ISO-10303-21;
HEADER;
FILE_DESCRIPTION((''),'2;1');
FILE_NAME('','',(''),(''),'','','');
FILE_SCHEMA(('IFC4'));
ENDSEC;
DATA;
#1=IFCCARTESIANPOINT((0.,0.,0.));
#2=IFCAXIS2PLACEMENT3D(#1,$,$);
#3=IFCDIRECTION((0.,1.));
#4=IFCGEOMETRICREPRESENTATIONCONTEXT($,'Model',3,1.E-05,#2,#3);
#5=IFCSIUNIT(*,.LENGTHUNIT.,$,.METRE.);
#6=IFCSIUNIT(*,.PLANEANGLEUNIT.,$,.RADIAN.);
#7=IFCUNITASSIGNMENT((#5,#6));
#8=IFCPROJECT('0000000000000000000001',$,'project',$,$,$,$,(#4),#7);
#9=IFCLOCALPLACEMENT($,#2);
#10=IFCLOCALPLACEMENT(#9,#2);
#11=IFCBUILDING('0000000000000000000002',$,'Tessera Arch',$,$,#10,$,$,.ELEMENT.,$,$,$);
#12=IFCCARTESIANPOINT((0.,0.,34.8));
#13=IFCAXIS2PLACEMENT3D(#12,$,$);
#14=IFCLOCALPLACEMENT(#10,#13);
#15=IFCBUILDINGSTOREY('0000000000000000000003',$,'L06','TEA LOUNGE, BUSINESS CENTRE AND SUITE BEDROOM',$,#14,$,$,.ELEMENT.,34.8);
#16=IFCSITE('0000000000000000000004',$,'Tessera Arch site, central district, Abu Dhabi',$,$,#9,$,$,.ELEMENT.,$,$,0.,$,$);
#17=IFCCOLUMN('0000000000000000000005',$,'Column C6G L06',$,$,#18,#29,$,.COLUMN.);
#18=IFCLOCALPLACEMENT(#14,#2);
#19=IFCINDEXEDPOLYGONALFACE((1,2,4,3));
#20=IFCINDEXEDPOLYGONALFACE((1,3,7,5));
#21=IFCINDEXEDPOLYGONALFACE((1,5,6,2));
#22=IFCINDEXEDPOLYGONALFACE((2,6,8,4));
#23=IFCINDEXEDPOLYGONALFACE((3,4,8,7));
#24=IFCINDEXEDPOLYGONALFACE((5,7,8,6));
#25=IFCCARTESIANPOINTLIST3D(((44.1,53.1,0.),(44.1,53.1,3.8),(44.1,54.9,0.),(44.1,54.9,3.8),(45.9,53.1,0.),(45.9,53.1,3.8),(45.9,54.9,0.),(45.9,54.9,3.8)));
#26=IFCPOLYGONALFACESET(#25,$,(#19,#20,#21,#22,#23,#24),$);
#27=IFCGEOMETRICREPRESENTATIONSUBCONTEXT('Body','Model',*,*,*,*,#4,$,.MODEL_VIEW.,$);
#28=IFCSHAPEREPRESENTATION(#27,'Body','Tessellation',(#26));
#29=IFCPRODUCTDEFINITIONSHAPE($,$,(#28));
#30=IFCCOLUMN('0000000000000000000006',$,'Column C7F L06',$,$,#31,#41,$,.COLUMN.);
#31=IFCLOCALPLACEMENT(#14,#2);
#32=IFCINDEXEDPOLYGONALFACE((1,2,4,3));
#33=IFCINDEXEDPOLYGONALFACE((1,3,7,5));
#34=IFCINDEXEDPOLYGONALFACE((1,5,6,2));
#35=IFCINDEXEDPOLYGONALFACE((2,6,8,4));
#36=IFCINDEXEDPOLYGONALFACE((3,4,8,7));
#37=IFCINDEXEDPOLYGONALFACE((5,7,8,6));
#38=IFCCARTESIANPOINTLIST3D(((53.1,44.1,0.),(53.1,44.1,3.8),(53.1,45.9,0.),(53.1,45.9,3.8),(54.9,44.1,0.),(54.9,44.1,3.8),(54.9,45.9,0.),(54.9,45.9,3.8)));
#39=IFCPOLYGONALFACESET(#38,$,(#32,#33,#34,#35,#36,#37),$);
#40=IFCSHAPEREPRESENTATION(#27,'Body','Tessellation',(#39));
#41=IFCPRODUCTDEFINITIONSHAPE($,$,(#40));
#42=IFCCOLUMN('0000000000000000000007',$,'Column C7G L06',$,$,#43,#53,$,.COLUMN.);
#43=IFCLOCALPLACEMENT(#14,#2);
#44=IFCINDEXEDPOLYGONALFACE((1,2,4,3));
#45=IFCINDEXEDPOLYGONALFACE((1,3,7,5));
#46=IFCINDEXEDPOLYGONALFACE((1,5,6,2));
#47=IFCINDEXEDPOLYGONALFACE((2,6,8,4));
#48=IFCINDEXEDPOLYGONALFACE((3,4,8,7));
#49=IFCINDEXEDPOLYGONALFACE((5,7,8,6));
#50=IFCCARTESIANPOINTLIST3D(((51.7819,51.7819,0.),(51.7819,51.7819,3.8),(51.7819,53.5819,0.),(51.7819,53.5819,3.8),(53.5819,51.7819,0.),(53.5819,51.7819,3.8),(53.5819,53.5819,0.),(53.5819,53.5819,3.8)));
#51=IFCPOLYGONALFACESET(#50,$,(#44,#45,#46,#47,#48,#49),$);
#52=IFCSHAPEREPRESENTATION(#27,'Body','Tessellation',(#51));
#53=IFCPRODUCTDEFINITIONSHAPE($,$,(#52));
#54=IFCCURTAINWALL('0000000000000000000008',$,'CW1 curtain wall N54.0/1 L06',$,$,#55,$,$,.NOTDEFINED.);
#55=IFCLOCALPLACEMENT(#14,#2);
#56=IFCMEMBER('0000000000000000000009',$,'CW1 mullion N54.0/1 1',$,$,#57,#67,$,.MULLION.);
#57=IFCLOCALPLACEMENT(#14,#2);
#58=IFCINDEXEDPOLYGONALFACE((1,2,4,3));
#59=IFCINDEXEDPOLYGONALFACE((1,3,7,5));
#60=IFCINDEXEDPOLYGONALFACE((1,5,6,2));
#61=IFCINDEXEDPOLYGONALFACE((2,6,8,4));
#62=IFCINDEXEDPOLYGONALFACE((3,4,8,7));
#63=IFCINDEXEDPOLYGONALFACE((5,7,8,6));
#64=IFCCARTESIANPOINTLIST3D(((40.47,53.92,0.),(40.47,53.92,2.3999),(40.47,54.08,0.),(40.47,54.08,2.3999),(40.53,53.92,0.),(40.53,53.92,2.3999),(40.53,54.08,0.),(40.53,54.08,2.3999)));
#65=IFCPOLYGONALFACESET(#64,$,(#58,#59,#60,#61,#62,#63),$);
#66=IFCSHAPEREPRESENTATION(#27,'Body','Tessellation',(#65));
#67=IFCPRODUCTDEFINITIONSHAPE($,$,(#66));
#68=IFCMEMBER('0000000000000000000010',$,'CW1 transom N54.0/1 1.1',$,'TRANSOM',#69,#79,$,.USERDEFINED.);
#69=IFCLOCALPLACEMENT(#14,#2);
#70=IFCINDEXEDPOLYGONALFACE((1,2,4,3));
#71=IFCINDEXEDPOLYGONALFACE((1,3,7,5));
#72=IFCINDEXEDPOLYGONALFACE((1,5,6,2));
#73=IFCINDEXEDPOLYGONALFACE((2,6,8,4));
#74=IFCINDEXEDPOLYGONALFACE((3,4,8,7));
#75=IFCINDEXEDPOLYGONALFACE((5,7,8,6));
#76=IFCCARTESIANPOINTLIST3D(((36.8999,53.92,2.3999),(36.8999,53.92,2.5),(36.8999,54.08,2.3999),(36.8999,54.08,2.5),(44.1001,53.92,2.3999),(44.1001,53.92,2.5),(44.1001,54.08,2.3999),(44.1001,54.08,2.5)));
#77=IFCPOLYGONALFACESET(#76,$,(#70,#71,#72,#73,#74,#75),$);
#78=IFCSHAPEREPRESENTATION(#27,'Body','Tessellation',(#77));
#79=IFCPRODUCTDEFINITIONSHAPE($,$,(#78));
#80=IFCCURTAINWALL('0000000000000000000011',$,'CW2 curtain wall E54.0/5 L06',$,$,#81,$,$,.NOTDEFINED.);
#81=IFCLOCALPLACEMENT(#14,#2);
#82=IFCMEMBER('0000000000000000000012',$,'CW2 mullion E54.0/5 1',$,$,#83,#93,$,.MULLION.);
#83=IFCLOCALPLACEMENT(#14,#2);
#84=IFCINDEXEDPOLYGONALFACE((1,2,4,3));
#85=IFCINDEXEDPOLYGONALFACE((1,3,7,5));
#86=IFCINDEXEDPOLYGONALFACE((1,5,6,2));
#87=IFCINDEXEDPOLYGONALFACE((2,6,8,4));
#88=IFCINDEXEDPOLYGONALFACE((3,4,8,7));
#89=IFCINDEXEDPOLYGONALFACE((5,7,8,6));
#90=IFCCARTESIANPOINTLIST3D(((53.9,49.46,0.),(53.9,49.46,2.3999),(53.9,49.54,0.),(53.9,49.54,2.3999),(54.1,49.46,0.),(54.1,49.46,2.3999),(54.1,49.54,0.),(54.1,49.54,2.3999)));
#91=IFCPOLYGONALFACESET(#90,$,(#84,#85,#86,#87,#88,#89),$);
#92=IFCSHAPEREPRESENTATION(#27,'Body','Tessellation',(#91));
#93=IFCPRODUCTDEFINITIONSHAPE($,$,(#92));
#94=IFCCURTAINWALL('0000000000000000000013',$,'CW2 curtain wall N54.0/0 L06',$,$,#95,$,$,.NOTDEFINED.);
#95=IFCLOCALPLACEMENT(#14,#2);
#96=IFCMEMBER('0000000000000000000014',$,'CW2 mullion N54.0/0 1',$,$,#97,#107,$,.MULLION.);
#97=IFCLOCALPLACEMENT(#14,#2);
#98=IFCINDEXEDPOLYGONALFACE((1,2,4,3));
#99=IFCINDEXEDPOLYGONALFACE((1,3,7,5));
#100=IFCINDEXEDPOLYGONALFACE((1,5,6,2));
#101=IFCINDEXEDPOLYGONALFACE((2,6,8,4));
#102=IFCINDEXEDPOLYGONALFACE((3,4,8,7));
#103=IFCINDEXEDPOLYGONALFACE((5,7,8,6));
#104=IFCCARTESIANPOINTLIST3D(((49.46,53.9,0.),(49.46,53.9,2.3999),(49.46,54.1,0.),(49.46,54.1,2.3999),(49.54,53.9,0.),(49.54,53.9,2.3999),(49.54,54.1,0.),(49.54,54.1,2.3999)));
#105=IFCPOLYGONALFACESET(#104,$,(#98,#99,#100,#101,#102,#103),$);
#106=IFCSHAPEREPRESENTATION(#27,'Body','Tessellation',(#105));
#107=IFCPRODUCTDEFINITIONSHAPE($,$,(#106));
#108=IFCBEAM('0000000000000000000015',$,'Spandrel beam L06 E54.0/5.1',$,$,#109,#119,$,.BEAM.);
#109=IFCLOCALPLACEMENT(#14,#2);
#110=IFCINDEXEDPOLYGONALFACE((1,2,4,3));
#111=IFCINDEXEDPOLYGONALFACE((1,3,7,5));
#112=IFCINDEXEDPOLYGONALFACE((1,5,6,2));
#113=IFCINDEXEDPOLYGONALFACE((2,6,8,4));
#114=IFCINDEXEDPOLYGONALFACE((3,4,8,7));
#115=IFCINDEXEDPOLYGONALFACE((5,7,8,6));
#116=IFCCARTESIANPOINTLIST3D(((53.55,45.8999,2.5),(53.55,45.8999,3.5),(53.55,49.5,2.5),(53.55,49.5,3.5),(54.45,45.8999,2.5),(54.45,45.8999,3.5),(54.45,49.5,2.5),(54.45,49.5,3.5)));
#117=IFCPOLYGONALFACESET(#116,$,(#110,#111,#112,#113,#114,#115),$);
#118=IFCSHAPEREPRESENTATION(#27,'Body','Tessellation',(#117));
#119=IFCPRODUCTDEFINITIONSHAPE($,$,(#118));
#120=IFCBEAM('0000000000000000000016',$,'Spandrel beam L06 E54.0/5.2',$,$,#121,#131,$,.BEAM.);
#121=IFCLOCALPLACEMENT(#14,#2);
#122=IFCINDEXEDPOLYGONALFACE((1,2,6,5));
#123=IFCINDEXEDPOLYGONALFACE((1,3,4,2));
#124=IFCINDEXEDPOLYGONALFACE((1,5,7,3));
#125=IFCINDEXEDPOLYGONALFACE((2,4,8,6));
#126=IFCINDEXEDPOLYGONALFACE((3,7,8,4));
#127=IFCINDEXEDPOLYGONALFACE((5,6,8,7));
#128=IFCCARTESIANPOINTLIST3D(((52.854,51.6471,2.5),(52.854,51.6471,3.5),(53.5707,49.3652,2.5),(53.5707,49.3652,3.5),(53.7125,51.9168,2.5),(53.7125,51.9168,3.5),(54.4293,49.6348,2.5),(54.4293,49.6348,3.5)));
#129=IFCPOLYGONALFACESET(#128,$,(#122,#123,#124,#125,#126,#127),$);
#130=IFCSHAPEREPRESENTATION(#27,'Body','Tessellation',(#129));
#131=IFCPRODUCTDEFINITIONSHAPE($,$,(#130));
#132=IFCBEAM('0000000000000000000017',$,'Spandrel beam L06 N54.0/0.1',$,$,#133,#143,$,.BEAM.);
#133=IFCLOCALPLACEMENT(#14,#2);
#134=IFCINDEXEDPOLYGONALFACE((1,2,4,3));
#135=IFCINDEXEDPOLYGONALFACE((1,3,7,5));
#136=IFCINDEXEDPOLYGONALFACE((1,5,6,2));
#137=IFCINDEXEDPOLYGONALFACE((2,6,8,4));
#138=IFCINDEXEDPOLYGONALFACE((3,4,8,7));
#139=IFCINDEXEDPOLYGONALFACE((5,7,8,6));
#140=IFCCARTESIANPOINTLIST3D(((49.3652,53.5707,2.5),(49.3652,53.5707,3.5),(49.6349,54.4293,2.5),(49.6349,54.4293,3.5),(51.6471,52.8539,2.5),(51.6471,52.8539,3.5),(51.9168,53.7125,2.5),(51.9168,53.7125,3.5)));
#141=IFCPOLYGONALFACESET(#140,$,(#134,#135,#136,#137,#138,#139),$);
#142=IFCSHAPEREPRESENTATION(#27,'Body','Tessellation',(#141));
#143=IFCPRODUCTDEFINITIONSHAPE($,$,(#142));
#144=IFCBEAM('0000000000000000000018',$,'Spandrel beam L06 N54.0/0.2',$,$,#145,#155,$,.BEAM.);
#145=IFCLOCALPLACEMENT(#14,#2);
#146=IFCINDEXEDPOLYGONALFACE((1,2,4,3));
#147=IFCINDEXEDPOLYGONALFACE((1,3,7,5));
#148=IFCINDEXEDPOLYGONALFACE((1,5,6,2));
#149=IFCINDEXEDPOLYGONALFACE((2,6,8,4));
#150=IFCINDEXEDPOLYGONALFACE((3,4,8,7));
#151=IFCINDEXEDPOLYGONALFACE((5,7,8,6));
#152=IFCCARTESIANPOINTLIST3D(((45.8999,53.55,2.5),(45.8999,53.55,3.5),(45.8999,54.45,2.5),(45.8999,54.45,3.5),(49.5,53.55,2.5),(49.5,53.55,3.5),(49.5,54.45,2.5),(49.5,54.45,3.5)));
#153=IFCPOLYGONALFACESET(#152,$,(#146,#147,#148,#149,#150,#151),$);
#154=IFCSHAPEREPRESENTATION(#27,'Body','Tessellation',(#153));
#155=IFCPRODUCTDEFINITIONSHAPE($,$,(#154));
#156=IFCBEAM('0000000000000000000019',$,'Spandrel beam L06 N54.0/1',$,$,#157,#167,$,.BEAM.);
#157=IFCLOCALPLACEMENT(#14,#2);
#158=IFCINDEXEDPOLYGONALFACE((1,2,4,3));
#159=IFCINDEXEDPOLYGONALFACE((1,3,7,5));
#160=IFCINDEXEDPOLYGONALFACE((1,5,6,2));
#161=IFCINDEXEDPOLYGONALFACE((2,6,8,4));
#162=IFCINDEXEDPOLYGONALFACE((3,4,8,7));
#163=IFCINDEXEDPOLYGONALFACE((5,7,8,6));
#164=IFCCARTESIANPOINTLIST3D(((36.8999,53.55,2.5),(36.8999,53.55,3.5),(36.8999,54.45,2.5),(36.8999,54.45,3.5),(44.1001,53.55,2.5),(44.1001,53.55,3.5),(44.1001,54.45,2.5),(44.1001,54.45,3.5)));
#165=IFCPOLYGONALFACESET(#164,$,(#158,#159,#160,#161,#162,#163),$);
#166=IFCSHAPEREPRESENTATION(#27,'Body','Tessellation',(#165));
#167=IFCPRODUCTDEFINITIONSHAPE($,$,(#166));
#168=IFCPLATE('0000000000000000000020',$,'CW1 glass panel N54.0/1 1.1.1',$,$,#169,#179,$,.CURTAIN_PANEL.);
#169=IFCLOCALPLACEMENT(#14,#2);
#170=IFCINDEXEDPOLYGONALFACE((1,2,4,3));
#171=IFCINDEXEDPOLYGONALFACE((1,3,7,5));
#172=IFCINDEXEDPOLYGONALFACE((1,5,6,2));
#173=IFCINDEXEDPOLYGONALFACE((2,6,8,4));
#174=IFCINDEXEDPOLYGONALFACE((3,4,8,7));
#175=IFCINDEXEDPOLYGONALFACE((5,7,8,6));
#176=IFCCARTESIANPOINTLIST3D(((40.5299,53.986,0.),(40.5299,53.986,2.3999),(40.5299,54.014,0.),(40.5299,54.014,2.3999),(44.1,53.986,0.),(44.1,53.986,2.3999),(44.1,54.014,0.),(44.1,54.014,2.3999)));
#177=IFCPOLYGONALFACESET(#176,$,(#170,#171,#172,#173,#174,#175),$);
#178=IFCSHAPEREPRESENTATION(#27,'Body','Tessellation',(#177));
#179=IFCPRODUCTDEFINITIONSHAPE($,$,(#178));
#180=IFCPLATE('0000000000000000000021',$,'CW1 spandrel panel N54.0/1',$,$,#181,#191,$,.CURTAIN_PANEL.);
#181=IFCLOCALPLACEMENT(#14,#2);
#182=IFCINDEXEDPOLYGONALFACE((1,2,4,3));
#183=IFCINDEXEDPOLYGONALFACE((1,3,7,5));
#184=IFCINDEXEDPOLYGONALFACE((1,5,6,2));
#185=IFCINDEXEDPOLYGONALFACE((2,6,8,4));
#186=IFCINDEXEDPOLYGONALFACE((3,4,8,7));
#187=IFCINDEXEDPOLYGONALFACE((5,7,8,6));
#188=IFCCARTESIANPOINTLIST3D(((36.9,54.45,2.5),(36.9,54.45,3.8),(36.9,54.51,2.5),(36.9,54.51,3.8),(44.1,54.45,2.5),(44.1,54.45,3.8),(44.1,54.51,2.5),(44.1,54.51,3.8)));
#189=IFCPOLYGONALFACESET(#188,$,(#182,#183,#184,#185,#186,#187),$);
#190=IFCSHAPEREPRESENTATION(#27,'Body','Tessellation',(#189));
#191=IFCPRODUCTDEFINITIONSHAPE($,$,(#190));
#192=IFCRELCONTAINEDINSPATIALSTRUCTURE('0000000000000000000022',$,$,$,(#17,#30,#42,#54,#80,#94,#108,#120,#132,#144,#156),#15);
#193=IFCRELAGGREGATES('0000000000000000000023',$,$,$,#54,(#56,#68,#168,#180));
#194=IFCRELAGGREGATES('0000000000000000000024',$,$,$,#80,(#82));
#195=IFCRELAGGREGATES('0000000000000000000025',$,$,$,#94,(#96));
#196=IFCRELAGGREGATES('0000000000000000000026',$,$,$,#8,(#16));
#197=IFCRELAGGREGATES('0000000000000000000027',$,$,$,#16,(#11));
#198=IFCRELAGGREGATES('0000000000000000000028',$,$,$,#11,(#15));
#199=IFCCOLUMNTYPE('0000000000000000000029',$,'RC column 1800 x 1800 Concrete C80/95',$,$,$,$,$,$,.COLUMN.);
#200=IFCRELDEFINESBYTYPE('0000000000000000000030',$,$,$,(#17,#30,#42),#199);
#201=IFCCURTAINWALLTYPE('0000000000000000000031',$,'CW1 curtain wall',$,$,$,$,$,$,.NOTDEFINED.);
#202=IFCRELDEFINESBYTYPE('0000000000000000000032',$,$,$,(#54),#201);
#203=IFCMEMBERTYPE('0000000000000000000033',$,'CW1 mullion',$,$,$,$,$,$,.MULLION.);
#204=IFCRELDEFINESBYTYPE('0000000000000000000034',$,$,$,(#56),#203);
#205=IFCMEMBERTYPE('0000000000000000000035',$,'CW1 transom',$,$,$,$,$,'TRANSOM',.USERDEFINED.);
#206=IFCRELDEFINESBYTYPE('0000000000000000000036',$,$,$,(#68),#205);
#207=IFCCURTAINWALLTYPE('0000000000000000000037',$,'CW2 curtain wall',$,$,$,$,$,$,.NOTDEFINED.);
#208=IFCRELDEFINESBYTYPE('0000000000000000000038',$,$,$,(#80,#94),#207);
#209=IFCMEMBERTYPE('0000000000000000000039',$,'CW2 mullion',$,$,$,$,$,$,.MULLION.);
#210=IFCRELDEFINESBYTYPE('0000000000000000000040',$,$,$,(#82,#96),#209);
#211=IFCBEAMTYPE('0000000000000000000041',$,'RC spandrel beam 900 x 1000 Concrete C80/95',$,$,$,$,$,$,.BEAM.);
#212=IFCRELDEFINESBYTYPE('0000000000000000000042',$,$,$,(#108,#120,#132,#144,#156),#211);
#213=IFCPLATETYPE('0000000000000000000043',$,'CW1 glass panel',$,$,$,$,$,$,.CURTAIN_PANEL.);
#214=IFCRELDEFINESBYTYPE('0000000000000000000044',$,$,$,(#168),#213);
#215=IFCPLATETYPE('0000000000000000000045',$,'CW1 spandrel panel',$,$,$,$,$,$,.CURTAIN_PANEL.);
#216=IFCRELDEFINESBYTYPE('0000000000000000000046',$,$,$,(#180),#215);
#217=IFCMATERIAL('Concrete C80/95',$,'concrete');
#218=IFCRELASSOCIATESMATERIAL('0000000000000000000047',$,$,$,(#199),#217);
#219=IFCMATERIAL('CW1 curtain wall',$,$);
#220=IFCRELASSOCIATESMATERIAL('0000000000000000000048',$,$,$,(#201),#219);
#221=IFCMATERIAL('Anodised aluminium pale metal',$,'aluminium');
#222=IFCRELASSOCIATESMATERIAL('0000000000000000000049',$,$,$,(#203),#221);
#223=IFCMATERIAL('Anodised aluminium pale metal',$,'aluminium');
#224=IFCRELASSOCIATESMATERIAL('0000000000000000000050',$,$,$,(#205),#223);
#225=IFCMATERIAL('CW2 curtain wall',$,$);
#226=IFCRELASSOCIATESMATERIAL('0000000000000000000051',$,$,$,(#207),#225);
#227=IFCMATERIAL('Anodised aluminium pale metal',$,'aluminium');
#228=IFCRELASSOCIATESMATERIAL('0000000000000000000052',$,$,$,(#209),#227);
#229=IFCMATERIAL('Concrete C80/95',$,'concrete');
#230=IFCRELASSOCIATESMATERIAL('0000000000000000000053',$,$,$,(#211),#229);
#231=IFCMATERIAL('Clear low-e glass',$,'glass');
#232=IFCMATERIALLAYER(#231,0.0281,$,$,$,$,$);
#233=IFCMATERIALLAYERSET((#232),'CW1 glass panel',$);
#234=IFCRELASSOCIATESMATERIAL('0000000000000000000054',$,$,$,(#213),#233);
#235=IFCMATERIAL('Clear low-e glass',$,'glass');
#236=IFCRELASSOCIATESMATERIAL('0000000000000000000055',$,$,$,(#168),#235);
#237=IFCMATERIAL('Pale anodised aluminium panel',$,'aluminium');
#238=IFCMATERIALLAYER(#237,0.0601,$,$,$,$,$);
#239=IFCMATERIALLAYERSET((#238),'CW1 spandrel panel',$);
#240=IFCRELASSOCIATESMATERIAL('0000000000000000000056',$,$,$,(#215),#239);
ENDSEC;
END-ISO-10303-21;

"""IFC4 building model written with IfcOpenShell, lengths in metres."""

from ifc_helpers import new_model, si_unit, direction, frame, origin, origin_2d, place, context, subcontext, project, spatial, rectangle, extrude, material, layer, layer_set, material_profile, profile_set, type_object, element, aggregate, save


model = new_model("IFC4")

# Units and contexts
model_context = context("Model", 3, precision=1e-05, world=origin(), true_north=direction((0.0, 1.0)))
body_context = subcontext(model_context, "Body", "Model", "MODEL_VIEW")
ifc_project = project(units=[si_unit("LENGTHUNIT", "METRE"), si_unit("PLANEANGLEUNIT", "RADIAN")], contexts=[model_context])

# Site, building, storey
site_placement = place(None, origin())
site = spatial("IfcSite", under=ifc_project, at=site_placement, Name="Tessera Arch site, central district, Abu Dhabi", CompositionType="ELEMENT", RefElevation=0.0)
building_placement = place(site_placement, origin())
building = spatial("IfcBuilding", under=site, at=building_placement, Name="Tessera Arch", CompositionType="ELEMENT")
storey_placement = place(building_placement, frame((0.0, 0.0, 34.8)))
storey = spatial("IfcBuildingStorey", under=building, at=storey_placement, Name="L06", Description="TEA LOUNGE, BUSINESS CENTRE AND SUITE BEDROOM", CompositionType="ELEMENT", Elevation=34.8)

# Columns
ifc_material_1 = material(Name="Concrete C80/95", Category="concrete")
ifc_material_profile_1 = material_profile(ifc_material_1, rectangle(XDim=1.8, YDim=1.8, at=origin_2d()), Name="RC column 1800 x 1800 Concrete C80/95")
ifc_profile_set_1 = profile_set([ifc_material_profile_1], Name="Concrete C80/95")
column_type = type_object("IfcColumnType", Name="RC column 1800 x 1800 Concrete C80/95", PredefinedType="COLUMN", material=ifc_profile_set_1)
for number, where, z_axis, x_axis, name in (
    (1, (45.0, 54.0, 0.0), (0.0, 0.0, 1.0), (1.0, 0.0, 0.0), "Column C6G L06"),
    (2, (54.0, 45.0, 0.0), (0.0, 0.0, 1.0), (1.0, 0.0, 0.0), "Column C7F L06"),
    (3, (52.6819, 52.6819, 0.0), (0.0, 0.0, 1.0), (1.0, 0.0, 0.0), "Column C7G L06"),
):
    element("IfcColumn", number, at=place(storey_placement, frame(where, z_axis=z_axis, x_axis=x_axis)), inside=storey, type_object=column_type, Name=name, PredefinedType="COLUMN", context=body_context, shape_type="SweptSolid", body=[
        extrude(rectangle(XDim=1.8, YDim=1.8, at=origin_2d()), origin(), (0.0, 0.0, 1.0), 3.8),
    ])

# Curtain wall, members
ifc_material_2 = material(Name="CW1 curtain wall")
curtain_wall_type_1 = type_object("IfcCurtainWallType", Name="CW1 curtain wall", PredefinedType="NOTDEFINED", material=ifc_material_2)
curtain_wall_1_placement = place(storey_placement, origin())
curtain_wall_1 = element("IfcCurtainWall", 4, at=curtain_wall_1_placement, inside=storey, type_object=curtain_wall_type_1, Name="CW1 curtain wall N54.0/1 L06", PredefinedType="NOTDEFINED")
ifc_material_3 = material(Name="Anodised aluminium pale metal", Category="aluminium")
ifc_material_profile_2 = material_profile(ifc_material_3, rectangle(XDim=0.1599, YDim=0.0601, at=origin_2d()), Name="AL 60x160")
ifc_profile_set_2 = profile_set([ifc_material_profile_2], Name="Anodised aluminium pale metal")
member_type_1 = type_object("IfcMemberType", Name="CW1 mullion", PredefinedType="MULLION", material=ifc_profile_set_2)
member_1_placement = place(storey_placement, frame((40.5, 54.0, 0.0), z_axis=(0.0, 0.0, 1.0), x_axis=(0.0, -1.0, 0.0)))
member_1 = element("IfcMember", 5, at=member_1_placement, type_object=member_type_1, Name="CW1 mullion N54.0/1 1", PredefinedType="MULLION", context=body_context, shape_type="SweptSolid", body=[
    extrude(rectangle(XDim=0.1599, YDim=0.0601, at=origin_2d()), origin(), (0.0, 0.0, 1.0), 2.3999),
])
ifc_material_4 = material(Name="Anodised aluminium pale metal", Category="aluminium")
ifc_material_profile_3 = material_profile(ifc_material_4, rectangle(XDim=0.1599, YDim=0.1001, at=origin_2d()), Name="AL 160x100")
ifc_profile_set_3 = profile_set([ifc_material_profile_3], Name="Anodised aluminium pale metal")
member_type_2 = type_object("IfcMemberType", Name="CW1 transom", ElementType="TRANSOM", PredefinedType="USERDEFINED", material=ifc_profile_set_3)
member_2_placement = place(storey_placement, frame((44.1001, 54.0, 2.45), z_axis=(-1.0, 0.0, 0.0), x_axis=(0.0, -1.0, 0.0)))
member_2 = element("IfcMember", 6, at=member_2_placement, type_object=member_type_2, Name="CW1 transom N54.0/1 1.1", ObjectType="TRANSOM", PredefinedType="USERDEFINED", context=body_context, shape_type="SweptSolid", body=[
    extrude(rectangle(XDim=0.1599, YDim=0.1001, at=origin_2d()), origin(), (0.0, 0.0, 1.0), 7.2002),
])

# Curtain walls, members
ifc_material_5 = material(Name="CW2 curtain wall")
curtain_wall_type_2 = type_object("IfcCurtainWallType", Name="CW2 curtain wall", PredefinedType="NOTDEFINED", material=ifc_material_5)
curtain_wall_2_placement = place(storey_placement, origin())
curtain_wall_2 = element("IfcCurtainWall", 7, at=curtain_wall_2_placement, inside=storey, type_object=curtain_wall_type_2, Name="CW2 curtain wall E54.0/5 L06", PredefinedType="NOTDEFINED")
ifc_material_6 = material(Name="Anodised aluminium pale metal", Category="aluminium")
ifc_material_profile_4 = material_profile(ifc_material_6, rectangle(XDim=0.2, YDim=0.0801, at=origin_2d()), Name="AL 80x200")
ifc_profile_set_4 = profile_set([ifc_material_profile_4], Name="Anodised aluminium pale metal")
member_type_3 = type_object("IfcMemberType", Name="CW2 mullion", PredefinedType="MULLION", material=ifc_profile_set_4)
member_3_placement = place(storey_placement, frame((54.0, 49.5, 0.0), z_axis=(0.0, 0.0, 1.0), x_axis=(-1.0, 0.0, 0.0)))
member_3 = element("IfcMember", 8, at=member_3_placement, type_object=member_type_3, Name="CW2 mullion E54.0/5 1", PredefinedType="MULLION", context=body_context, shape_type="SweptSolid", body=[
    extrude(rectangle(XDim=0.2, YDim=0.0801, at=origin_2d()), origin(), (0.0, 0.0, 1.0), 2.3999),
])
curtain_wall_3_placement = place(storey_placement, origin())
curtain_wall_3 = element("IfcCurtainWall", 9, at=curtain_wall_3_placement, inside=storey, type_object=curtain_wall_type_2, Name="CW2 curtain wall N54.0/0 L06", PredefinedType="NOTDEFINED")
member_4_placement = place(storey_placement, frame((49.5, 54.0, 0.0), z_axis=(0.0, 0.0, 1.0), x_axis=(0.0, -1.0, 0.0)))
member_4 = element("IfcMember", 10, at=member_4_placement, type_object=member_type_3, Name="CW2 mullion N54.0/0 1", PredefinedType="MULLION", context=body_context, shape_type="SweptSolid", body=[
    extrude(rectangle(XDim=0.2, YDim=0.0801, at=origin_2d()), origin(), (0.0, 0.0, 1.0), 2.3999),
])

# Beams
ifc_material_7 = material(Name="Concrete C80/95", Category="concrete")
ifc_material_profile_5 = material_profile(ifc_material_7, rectangle(XDim=0.8999, YDim=1.0, at=origin_2d()), Name="RC spandrel beam 900 x 1000 Concrete C80/95")
ifc_profile_set_5 = profile_set([ifc_material_profile_5], Name="Concrete C80/95")
beam_type = type_object("IfcBeamType", Name="RC spandrel beam 900 x 1000 Concrete C80/95", PredefinedType="BEAM", material=ifc_profile_set_5)
beam_1_placement = place(storey_placement, frame((54.0, 45.8999, 3.0), z_axis=(0.0, 1.0, 0.0), x_axis=(-1.0, 0.0, 0.0)))
element("IfcBeam", 11, at=beam_1_placement, inside=storey, type_object=beam_type, Name="Spandrel beam L06 E54.0/5.1", PredefinedType="BEAM", context=body_context, shape_type="SweptSolid", body=[
    extrude(rectangle(XDim=0.8999, YDim=1.0, at=origin_2d()), origin(), (0.0, 0.0, 1.0), 3.6001),
])
for number, where, z_axis, x_axis, name in (
    (12, (54.0, 49.5, 3.0), (-0.299675, 0.954041, 0.0), (-0.954041, -0.299675, 0.0), "Spandrel beam L06 E54.0/5.2"),
    (13, (51.782, 53.2832, 3.0), (-0.954041, 0.299675, 0.0), (-0.299675, -0.954041, 0.0), "Spandrel beam L06 N54.0/0.1"),
):
    element("IfcBeam", number, at=place(storey_placement, frame(where, z_axis=z_axis, x_axis=x_axis)), inside=storey, type_object=beam_type, Name=name, PredefinedType="BEAM", context=body_context, shape_type="SweptSolid", body=[
        extrude(rectangle(XDim=0.8999, YDim=1.0, at=origin_2d()), origin(), (0.0, 0.0, 1.0), 2.3918),
    ])
beam_2_placement = place(storey_placement, frame((49.5, 54.0, 3.0), z_axis=(-1.0, 0.0, 0.0), x_axis=(0.0, -1.0, 0.0)))
element("IfcBeam", 14, at=beam_2_placement, inside=storey, type_object=beam_type, Name="Spandrel beam L06 N54.0/0.2", PredefinedType="BEAM", context=body_context, shape_type="SweptSolid", body=[
    extrude(rectangle(XDim=0.8999, YDim=1.0, at=origin_2d()), origin(), (0.0, 0.0, 1.0), 3.6001),
])
beam_3_placement = place(storey_placement, frame((44.1001, 54.0, 3.0), z_axis=(-1.0, 0.0, 0.0), x_axis=(0.0, -1.0, 0.0)))
element("IfcBeam", 15, at=beam_3_placement, inside=storey, type_object=beam_type, Name="Spandrel beam L06 N54.0/1", PredefinedType="BEAM", context=body_context, shape_type="SweptSolid", body=[
    extrude(rectangle(XDim=0.8999, YDim=1.0, at=origin_2d()), origin(), (0.0, 0.0, 1.0), 7.2002),
])

# Plates
ifc_material_8 = material(Name="Clear low-e glass", Category="glass")
ifc_material_9 = material(Name="Clear low-e glass", Category="glass")
ifc_layer_1 = layer(ifc_material_9, 0.0281)
ifc_layer_set_1 = layer_set([ifc_layer_1], Name="CW1 glass panel")
plate_type_1 = type_object("IfcPlateType", Name="CW1 glass panel", PredefinedType="CURTAIN_PANEL", material=ifc_layer_set_1)
plate_1_placement = place(storey_placement, frame((42.3149, 54.0, 0.0), z_axis=(0.0, 0.0, 1.0), x_axis=(-1.0, 0.0, 0.0)))
plate_1 = element("IfcPlate", 16, at=plate_1_placement, type_object=plate_type_1, material=ifc_material_8, Name="CW1 glass panel N54.0/1 1.1.1", PredefinedType="CURTAIN_PANEL", context=body_context, shape_type="SweptSolid", body=[
    extrude(rectangle(XDim=3.5701, YDim=0.0281, at=origin_2d()), origin(), (0.0, 0.0, 1.0), 2.3999),
])
ifc_material_10 = material(Name="Pale anodised aluminium panel", Category="aluminium")
ifc_layer_2 = layer(ifc_material_10, 0.0601)
ifc_layer_set_2 = layer_set([ifc_layer_2], Name="CW1 spandrel panel")
plate_type_2 = type_object("IfcPlateType", Name="CW1 spandrel panel", PredefinedType="CURTAIN_PANEL", material=ifc_layer_set_2)
plate_2_placement = place(storey_placement, frame((40.5, 54.48, 2.5), z_axis=(0.0, 0.0, 1.0), x_axis=(-1.0, 0.0, 0.0)))
plate_2 = element("IfcPlate", 17, at=plate_2_placement, type_object=plate_type_2, Name="CW1 spandrel panel N54.0/1", PredefinedType="CURTAIN_PANEL", context=body_context, shape_type="SweptSolid", body=[
    extrude(rectangle(XDim=7.2, YDim=0.0601, at=origin_2d()), origin(), (0.0, 0.0, 1.0), 1.3),
])
aggregate(curtain_wall_1, [member_1, member_2, plate_1, plate_2])
aggregate(curtain_wall_2, [member_3])
aggregate(curtain_wall_3, [member_4])

save(model, "model.ifc")
